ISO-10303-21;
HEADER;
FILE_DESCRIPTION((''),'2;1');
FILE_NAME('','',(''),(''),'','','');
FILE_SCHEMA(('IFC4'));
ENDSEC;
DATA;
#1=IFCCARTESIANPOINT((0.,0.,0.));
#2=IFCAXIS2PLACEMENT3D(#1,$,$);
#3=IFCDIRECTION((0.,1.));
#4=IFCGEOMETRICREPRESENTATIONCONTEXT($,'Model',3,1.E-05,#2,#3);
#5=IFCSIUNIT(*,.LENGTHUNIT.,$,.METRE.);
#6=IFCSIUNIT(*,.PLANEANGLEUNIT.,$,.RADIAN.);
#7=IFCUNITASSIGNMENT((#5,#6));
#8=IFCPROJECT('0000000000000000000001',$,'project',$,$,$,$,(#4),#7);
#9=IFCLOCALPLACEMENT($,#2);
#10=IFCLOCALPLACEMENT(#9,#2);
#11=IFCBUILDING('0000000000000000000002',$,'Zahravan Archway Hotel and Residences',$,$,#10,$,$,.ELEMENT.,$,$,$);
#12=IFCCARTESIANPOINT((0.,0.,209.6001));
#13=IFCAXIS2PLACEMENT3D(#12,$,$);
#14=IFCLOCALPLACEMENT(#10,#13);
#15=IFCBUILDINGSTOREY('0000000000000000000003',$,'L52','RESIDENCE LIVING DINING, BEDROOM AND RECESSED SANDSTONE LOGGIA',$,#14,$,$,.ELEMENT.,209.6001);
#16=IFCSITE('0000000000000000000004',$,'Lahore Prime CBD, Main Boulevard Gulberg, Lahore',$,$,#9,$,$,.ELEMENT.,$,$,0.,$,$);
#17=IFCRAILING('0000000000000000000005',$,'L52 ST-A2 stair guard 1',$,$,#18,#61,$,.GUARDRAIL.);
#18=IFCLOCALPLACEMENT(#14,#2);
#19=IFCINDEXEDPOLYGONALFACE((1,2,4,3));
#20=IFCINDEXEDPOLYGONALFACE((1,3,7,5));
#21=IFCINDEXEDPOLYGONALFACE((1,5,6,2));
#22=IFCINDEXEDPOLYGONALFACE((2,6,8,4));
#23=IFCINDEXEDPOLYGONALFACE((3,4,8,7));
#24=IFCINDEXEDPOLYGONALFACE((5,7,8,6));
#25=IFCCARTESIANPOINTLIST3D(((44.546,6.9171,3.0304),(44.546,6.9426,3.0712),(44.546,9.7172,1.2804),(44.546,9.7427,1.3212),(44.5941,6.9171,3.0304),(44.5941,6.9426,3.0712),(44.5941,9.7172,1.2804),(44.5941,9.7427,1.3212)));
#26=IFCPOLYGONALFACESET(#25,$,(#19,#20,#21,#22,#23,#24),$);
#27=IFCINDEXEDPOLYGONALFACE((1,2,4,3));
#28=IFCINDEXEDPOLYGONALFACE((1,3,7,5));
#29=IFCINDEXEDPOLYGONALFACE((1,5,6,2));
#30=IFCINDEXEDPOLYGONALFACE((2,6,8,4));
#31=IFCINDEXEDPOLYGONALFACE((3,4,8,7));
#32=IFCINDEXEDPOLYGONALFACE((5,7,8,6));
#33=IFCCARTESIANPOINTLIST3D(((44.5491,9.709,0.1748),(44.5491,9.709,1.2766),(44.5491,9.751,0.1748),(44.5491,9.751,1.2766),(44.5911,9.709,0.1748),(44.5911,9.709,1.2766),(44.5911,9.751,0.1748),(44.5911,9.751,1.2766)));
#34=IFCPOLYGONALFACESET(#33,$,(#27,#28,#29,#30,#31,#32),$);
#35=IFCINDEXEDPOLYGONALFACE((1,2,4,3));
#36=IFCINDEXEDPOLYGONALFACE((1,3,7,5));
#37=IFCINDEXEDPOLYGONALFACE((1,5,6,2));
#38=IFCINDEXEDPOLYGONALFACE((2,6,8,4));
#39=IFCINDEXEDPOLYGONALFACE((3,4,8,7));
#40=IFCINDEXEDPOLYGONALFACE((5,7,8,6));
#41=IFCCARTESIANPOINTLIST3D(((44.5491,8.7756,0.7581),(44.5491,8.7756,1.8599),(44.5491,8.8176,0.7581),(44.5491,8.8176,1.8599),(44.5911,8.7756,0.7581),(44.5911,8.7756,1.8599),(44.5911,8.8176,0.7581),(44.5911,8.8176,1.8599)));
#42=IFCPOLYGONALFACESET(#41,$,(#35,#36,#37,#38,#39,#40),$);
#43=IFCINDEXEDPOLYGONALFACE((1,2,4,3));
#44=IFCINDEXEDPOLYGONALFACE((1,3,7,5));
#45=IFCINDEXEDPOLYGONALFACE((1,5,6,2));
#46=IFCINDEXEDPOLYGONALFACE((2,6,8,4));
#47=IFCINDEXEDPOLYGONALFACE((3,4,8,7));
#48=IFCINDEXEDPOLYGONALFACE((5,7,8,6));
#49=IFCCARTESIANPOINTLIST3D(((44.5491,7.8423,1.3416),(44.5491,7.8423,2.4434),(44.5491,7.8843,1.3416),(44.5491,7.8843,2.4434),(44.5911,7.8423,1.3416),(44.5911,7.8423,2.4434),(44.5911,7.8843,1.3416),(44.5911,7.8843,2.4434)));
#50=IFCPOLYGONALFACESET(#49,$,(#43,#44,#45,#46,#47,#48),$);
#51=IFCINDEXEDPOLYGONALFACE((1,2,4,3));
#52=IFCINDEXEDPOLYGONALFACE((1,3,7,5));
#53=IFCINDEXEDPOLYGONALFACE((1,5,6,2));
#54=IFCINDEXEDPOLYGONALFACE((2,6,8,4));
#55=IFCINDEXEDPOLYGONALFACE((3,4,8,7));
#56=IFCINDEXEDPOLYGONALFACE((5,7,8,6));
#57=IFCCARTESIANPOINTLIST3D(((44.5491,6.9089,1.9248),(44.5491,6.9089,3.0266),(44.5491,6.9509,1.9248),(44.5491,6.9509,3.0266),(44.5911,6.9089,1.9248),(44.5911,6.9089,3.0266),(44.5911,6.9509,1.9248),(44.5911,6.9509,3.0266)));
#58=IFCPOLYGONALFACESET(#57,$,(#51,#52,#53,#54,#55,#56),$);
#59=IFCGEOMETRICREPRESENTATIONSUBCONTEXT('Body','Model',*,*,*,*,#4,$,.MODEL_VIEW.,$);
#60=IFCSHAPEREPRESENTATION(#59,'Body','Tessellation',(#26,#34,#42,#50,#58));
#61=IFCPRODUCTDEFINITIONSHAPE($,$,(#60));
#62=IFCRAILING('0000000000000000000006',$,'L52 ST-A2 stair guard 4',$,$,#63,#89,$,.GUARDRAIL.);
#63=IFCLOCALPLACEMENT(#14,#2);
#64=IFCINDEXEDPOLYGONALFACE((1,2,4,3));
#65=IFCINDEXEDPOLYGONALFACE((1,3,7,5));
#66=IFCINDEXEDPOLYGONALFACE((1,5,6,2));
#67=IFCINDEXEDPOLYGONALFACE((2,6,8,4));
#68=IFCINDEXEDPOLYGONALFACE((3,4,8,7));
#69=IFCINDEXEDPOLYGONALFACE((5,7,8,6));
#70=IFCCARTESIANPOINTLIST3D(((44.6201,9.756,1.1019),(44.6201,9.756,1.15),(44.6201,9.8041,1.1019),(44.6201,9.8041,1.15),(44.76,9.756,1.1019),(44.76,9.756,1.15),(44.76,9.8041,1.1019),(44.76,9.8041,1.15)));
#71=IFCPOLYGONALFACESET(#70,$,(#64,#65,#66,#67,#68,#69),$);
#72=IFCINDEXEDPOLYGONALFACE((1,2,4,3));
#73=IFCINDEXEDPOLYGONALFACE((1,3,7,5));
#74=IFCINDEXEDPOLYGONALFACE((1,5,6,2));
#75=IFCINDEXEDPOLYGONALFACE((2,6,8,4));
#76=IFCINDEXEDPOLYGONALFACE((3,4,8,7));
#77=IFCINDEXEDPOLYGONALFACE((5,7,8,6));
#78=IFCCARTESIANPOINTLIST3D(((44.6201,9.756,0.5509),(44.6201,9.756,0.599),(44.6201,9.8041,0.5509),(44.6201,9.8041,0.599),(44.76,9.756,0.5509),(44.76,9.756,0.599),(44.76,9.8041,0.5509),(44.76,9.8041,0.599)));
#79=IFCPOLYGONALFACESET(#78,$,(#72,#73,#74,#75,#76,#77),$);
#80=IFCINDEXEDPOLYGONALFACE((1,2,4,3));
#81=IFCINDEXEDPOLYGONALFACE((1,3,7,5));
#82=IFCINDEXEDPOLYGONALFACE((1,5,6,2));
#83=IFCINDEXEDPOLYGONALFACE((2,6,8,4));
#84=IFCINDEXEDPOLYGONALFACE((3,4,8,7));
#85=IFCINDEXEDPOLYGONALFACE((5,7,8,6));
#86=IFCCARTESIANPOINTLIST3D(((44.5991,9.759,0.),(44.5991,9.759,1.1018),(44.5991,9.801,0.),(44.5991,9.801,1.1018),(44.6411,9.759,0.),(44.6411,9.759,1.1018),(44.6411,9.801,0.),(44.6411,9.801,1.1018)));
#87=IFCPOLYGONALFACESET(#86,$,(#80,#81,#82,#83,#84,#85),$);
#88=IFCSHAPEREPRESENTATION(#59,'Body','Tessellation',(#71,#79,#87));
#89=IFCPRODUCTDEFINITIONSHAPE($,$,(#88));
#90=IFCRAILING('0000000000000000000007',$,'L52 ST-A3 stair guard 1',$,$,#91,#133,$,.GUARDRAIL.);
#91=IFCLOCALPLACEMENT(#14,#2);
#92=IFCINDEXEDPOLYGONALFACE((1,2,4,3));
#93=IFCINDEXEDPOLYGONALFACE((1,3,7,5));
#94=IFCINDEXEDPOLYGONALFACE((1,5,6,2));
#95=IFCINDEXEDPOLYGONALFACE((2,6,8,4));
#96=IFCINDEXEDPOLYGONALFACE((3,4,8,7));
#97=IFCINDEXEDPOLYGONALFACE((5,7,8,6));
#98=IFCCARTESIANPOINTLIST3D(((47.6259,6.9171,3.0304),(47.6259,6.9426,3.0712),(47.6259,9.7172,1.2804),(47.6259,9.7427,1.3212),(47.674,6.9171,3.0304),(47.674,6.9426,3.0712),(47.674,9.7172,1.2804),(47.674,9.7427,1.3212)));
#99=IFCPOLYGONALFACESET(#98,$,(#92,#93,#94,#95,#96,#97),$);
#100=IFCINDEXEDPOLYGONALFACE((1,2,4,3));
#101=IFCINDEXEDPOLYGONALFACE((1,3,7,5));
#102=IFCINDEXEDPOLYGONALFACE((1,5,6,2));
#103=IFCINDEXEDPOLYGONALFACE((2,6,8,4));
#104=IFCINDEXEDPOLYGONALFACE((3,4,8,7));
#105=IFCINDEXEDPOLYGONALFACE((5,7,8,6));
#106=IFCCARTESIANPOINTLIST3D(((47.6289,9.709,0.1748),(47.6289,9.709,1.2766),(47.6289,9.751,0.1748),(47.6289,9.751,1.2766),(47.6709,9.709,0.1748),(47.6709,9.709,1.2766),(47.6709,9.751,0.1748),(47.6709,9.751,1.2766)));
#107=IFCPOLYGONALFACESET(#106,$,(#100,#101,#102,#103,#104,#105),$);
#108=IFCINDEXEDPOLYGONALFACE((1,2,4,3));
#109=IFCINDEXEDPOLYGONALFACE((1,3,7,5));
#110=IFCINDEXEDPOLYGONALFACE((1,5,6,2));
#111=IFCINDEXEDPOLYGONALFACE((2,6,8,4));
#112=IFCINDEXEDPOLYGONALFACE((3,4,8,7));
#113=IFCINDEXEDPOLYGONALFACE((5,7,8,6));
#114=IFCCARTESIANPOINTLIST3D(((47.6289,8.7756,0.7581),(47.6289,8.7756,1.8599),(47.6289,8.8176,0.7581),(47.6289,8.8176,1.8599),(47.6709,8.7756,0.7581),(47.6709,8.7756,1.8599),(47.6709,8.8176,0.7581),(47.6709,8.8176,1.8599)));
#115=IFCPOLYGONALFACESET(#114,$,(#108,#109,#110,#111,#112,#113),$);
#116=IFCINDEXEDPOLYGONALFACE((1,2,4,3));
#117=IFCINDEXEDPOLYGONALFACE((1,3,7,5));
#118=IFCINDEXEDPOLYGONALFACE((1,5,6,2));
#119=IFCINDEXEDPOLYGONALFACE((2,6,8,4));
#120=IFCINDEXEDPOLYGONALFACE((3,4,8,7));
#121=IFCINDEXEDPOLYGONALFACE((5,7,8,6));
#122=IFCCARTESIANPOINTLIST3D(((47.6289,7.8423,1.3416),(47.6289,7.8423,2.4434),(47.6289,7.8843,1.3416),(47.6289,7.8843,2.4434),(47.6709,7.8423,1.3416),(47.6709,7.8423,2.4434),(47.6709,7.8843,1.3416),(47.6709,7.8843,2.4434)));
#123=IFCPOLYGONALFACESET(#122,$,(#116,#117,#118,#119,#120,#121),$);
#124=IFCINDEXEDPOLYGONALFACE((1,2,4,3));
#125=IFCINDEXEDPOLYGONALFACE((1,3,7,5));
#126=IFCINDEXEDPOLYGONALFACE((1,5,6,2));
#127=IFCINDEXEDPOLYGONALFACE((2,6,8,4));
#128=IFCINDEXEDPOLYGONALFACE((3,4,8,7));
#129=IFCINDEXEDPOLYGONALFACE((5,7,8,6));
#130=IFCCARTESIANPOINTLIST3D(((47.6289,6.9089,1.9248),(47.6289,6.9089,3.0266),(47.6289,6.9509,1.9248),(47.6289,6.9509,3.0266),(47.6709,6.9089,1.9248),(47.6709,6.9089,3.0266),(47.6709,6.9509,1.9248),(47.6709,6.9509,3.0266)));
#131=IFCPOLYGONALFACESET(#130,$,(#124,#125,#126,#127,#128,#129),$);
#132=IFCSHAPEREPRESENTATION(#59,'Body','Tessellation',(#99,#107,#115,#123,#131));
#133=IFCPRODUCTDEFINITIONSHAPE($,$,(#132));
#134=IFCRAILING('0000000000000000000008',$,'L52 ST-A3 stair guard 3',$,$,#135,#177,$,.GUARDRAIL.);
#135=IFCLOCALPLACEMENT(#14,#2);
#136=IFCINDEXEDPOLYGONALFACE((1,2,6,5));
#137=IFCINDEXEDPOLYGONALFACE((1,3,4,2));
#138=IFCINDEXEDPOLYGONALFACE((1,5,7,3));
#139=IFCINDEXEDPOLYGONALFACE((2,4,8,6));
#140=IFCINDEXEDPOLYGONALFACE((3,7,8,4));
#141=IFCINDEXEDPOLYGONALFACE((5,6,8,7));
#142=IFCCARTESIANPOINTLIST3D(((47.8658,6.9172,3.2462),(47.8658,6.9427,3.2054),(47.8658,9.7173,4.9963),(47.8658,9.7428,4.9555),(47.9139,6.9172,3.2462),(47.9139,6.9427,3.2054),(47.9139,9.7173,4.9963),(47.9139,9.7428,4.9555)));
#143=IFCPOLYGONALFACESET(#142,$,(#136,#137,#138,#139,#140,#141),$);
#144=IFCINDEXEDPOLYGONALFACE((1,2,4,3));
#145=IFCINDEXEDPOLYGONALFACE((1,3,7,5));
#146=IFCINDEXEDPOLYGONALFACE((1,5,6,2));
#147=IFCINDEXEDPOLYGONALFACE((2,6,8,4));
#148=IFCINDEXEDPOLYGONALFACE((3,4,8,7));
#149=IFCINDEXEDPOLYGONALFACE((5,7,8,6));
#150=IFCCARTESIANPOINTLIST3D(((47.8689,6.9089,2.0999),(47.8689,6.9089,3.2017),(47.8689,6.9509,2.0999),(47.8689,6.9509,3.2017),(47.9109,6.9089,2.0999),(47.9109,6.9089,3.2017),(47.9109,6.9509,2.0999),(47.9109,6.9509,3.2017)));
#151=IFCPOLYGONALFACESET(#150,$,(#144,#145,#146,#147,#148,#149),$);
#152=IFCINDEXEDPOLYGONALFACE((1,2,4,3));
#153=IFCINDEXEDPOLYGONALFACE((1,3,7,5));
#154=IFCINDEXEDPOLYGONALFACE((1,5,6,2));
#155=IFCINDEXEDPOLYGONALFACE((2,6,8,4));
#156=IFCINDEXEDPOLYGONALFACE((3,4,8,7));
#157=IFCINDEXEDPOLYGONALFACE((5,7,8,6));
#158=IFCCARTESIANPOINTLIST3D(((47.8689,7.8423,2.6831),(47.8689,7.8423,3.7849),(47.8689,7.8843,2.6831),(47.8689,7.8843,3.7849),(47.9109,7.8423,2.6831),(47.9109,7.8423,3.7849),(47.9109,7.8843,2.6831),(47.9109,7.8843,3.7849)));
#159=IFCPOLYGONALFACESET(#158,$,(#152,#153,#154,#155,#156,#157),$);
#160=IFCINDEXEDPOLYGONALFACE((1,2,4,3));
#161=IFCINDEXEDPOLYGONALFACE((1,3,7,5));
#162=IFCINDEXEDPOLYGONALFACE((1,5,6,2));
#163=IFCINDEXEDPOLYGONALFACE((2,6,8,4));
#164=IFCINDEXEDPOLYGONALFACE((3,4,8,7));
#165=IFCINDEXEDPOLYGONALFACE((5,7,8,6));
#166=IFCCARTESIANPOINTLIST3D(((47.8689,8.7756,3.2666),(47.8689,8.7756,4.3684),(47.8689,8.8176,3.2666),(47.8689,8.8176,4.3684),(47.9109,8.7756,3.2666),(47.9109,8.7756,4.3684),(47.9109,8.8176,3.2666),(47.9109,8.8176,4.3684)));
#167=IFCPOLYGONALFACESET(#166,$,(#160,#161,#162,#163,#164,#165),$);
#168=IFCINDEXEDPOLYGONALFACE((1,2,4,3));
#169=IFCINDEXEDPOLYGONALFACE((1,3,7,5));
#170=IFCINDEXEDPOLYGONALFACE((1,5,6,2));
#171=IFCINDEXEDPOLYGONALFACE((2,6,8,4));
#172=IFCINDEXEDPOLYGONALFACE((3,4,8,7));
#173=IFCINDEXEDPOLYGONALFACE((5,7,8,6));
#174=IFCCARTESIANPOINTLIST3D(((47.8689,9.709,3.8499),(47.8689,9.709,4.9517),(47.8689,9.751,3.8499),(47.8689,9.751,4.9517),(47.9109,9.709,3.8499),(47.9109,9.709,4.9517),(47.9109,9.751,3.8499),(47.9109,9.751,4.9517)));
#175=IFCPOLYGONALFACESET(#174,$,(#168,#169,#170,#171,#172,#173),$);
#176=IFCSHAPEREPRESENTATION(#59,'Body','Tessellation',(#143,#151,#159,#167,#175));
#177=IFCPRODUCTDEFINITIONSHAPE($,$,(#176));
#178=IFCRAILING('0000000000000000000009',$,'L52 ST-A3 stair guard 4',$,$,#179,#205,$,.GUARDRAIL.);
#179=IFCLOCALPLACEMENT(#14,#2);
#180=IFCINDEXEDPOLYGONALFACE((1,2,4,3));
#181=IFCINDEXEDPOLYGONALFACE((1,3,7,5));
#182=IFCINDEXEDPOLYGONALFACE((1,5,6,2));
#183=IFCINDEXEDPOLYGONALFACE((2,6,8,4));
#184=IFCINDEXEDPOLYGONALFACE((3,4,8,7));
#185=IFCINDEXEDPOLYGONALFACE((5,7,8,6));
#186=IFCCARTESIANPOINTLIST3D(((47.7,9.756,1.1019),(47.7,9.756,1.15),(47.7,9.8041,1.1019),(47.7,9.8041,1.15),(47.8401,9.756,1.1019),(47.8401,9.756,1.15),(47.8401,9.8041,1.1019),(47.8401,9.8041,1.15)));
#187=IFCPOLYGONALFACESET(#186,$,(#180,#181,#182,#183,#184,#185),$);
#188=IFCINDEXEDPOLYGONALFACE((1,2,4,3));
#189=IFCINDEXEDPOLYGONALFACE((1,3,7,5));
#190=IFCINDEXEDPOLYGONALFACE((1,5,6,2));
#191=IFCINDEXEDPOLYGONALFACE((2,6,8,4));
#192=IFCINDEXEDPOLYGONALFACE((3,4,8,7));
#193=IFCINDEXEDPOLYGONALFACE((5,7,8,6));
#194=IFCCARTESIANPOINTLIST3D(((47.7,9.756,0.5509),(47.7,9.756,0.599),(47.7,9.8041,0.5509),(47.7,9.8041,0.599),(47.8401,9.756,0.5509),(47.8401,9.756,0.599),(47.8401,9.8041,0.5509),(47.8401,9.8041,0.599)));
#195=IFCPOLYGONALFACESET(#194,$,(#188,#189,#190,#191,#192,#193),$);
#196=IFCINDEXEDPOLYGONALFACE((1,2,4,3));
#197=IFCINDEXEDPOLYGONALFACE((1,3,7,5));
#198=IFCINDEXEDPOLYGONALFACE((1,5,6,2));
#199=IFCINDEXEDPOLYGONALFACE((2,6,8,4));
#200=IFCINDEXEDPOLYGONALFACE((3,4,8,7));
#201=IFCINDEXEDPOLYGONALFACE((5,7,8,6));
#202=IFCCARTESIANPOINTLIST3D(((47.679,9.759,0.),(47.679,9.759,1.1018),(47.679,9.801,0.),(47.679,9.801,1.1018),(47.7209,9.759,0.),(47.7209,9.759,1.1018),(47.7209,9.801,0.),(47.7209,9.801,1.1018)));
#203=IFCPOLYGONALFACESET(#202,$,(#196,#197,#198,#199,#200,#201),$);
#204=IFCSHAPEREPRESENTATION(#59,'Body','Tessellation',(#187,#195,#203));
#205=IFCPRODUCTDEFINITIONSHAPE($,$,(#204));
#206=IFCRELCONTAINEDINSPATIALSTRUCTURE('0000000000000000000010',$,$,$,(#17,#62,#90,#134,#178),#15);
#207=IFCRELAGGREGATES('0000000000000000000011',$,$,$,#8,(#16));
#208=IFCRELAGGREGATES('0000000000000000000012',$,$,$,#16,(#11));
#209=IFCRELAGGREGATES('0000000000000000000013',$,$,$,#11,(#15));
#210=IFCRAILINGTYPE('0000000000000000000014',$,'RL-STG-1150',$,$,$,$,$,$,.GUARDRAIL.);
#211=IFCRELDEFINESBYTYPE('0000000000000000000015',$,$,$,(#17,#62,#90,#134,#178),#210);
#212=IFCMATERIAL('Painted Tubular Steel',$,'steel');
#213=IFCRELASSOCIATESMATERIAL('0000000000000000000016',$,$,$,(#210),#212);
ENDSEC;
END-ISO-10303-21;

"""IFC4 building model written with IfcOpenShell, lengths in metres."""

from ifc_helpers import new_model, si_unit, direction, frame, origin, origin_2d, place, context, subcontext, project, spatial, rectangle, extrude, material, type_object, element, save


model = new_model("IFC4")

# Units and contexts
model_context = context("Model", 3, precision=1e-05, world=origin(), true_north=direction((0.0, 1.0)))
body_context = subcontext(model_context, "Body", "Model", "MODEL_VIEW")
ifc_project = project(units=[si_unit("LENGTHUNIT", "METRE"), si_unit("PLANEANGLEUNIT", "RADIAN")], contexts=[model_context])

# Site, building, storey
site_placement = place(None, origin())
site = spatial("IfcSite", under=ifc_project, at=site_placement, Name="Lahore Prime CBD, Main Boulevard Gulberg, Lahore", CompositionType="ELEMENT", RefElevation=0.0)
building_placement = place(site_placement, origin())
building = spatial("IfcBuilding", under=site, at=building_placement, Name="Zahravan Archway Hotel and Residences", CompositionType="ELEMENT")
storey_placement = place(building_placement, frame((0.0, 0.0, 209.6001)))
storey = spatial("IfcBuildingStorey", under=building, at=storey_placement, Name="L52", Description="RESIDENCE LIVING DINING, BEDROOM AND RECESSED SANDSTONE LOGGIA", CompositionType="ELEMENT", Elevation=209.6001)

# Railings
ifc_material_1 = material(Name="Painted Tubular Steel", Category="steel")
railing_type_1 = type_object("IfcRailingType", Name="RL-STG-1150", PredefinedType="GUARDRAIL", material=ifc_material_1)
railing_1_placement = place(storey_placement, frame((44.5701, 9.73, 0.1748)))
element("IfcRailing", 1, at=railing_1_placement, inside=storey, type_object=railing_type_1, Name="L52 ST-A2 stair guard 1", PredefinedType="GUARDRAIL", context=body_context, shape_type="SweptSolid", body=[
    extrude(rectangle(XDim=0.0481, YDim=0.0481, at=origin_2d()), frame((0.0, 0.0, 1.126), z_axis=(0.0, -0.848002, 0.529992), x_axis=(1.0, 0.0, 0.0)), (0.0, 0.0, 1.0), 3.302),
    extrude(rectangle(XDim=0.042, YDim=0.042, at=origin_2d()), origin(), (0.0, 0.0, 1.0), 1.1018),
    extrude(rectangle(XDim=0.042, YDim=0.042, at=origin_2d()), frame((0.0, -0.9333, 0.5833)), (0.0, 0.0, 1.0), 1.1018),
    extrude(rectangle(XDim=0.042, YDim=0.042, at=origin_2d()), frame((0.0, -1.8667, 1.1667)), (0.0, 0.0, 1.0), 1.1018),
    extrude(rectangle(XDim=0.042, YDim=0.042, at=origin_2d()), frame((0.0, -2.8, 1.75)), (0.0, 0.0, 1.0), 1.1018),
])
railing_2_placement = place(storey_placement, frame((44.6201, 9.78, 0.0)))
element("IfcRailing", 2, at=railing_2_placement, inside=storey, type_object=railing_type_1, Name="L52 ST-A2 stair guard 4", PredefinedType="GUARDRAIL", context=body_context, shape_type="SweptSolid", body=[
    extrude(rectangle(XDim=0.0481, YDim=0.0481, at=origin_2d()), frame((0.0, 0.0, 1.126), z_axis=(1.0, 0.0, 0.0), x_axis=(0.0, 1.0, 0.0)), (0.0, 0.0, 1.0), 0.1399),
    extrude(rectangle(XDim=0.0481, YDim=0.0481, at=origin_2d()), frame((0.0, 0.0, 0.575), z_axis=(1.0, 0.0, 0.0), x_axis=(0.0, 1.0, 0.0)), (0.0, 0.0, 1.0), 0.1399),
    extrude(rectangle(XDim=0.042, YDim=0.042, at=origin_2d()), origin(), (0.0, 0.0, 1.0), 1.1018),
])
railing_3_placement = place(storey_placement, frame((47.6499, 9.73, 0.1748)))
element("IfcRailing", 3, at=railing_3_placement, inside=storey, type_object=railing_type_1, Name="L52 ST-A3 stair guard 1", PredefinedType="GUARDRAIL", context=body_context, shape_type="SweptSolid", body=[
    extrude(rectangle(XDim=0.0481, YDim=0.0481, at=origin_2d()), frame((0.0, 0.0, 1.126), z_axis=(0.0, -0.848002, 0.529992), x_axis=(1.0, 0.0, 0.0)), (0.0, 0.0, 1.0), 3.302),
    extrude(rectangle(XDim=0.042, YDim=0.042, at=origin_2d()), origin(), (0.0, 0.0, 1.0), 1.1018),
    extrude(rectangle(XDim=0.042, YDim=0.042, at=origin_2d()), frame((0.0, -0.9333, 0.5833)), (0.0, 0.0, 1.0), 1.1018),
    extrude(rectangle(XDim=0.042, YDim=0.042, at=origin_2d()), frame((0.0, -1.8667, 1.1667)), (0.0, 0.0, 1.0), 1.1018),
    extrude(rectangle(XDim=0.042, YDim=0.042, at=origin_2d()), frame((0.0, -2.8, 1.75)), (0.0, 0.0, 1.0), 1.1018),
])
railing_4_placement = place(storey_placement, frame((47.8899, 6.9299, 2.0999)))
element("IfcRailing", 4, at=railing_4_placement, inside=storey, type_object=railing_type_1, Name="L52 ST-A3 stair guard 3", PredefinedType="GUARDRAIL", context=body_context, shape_type="SweptSolid", body=[
    extrude(rectangle(XDim=0.0481, YDim=0.0481, at=origin_2d()), frame((0.0, 0.0, 1.126), z_axis=(0.0, 0.848002, 0.529992), x_axis=(-1.0, 0.0, 0.0)), (0.0, 0.0, 1.0), 3.302),
    extrude(rectangle(XDim=0.042, YDim=0.042, at=origin_2d()), origin(), (0.0, 0.0, 1.0), 1.1018),
    extrude(rectangle(XDim=0.042, YDim=0.042, at=origin_2d()), frame((0.0, 0.9333, 0.5833)), (0.0, 0.0, 1.0), 1.1018),
    extrude(rectangle(XDim=0.042, YDim=0.042, at=origin_2d()), frame((0.0, 1.8667, 1.1667)), (0.0, 0.0, 1.0), 1.1018),
    extrude(rectangle(XDim=0.042, YDim=0.042, at=origin_2d()), frame((0.0, 2.8, 1.75)), (0.0, 0.0, 1.0), 1.1018),
])
railing_5_placement = place(storey_placement, frame((47.7, 9.78, 0.0)))
element("IfcRailing", 5, at=railing_5_placement, inside=storey, type_object=railing_type_1, Name="L52 ST-A3 stair guard 4", PredefinedType="GUARDRAIL", context=body_context, shape_type="SweptSolid", body=[
    extrude(rectangle(XDim=0.0481, YDim=0.0481, at=origin_2d()), frame((0.0, 0.0, 1.126), z_axis=(1.0, 0.0, 0.0), x_axis=(0.0, 1.0, 0.0)), (0.0, 0.0, 1.0), 0.1401),
    extrude(rectangle(XDim=0.0481, YDim=0.0481, at=origin_2d()), frame((0.0, 0.0, 0.575), z_axis=(1.0, 0.0, 0.0), x_axis=(0.0, 1.0, 0.0)), (0.0, 0.0, 1.0), 0.1401),
    extrude(rectangle(XDim=0.042, YDim=0.042, at=origin_2d()), origin(), (0.0, 0.0, 1.0), 1.1018),
])

save(model, "model.ifc")
